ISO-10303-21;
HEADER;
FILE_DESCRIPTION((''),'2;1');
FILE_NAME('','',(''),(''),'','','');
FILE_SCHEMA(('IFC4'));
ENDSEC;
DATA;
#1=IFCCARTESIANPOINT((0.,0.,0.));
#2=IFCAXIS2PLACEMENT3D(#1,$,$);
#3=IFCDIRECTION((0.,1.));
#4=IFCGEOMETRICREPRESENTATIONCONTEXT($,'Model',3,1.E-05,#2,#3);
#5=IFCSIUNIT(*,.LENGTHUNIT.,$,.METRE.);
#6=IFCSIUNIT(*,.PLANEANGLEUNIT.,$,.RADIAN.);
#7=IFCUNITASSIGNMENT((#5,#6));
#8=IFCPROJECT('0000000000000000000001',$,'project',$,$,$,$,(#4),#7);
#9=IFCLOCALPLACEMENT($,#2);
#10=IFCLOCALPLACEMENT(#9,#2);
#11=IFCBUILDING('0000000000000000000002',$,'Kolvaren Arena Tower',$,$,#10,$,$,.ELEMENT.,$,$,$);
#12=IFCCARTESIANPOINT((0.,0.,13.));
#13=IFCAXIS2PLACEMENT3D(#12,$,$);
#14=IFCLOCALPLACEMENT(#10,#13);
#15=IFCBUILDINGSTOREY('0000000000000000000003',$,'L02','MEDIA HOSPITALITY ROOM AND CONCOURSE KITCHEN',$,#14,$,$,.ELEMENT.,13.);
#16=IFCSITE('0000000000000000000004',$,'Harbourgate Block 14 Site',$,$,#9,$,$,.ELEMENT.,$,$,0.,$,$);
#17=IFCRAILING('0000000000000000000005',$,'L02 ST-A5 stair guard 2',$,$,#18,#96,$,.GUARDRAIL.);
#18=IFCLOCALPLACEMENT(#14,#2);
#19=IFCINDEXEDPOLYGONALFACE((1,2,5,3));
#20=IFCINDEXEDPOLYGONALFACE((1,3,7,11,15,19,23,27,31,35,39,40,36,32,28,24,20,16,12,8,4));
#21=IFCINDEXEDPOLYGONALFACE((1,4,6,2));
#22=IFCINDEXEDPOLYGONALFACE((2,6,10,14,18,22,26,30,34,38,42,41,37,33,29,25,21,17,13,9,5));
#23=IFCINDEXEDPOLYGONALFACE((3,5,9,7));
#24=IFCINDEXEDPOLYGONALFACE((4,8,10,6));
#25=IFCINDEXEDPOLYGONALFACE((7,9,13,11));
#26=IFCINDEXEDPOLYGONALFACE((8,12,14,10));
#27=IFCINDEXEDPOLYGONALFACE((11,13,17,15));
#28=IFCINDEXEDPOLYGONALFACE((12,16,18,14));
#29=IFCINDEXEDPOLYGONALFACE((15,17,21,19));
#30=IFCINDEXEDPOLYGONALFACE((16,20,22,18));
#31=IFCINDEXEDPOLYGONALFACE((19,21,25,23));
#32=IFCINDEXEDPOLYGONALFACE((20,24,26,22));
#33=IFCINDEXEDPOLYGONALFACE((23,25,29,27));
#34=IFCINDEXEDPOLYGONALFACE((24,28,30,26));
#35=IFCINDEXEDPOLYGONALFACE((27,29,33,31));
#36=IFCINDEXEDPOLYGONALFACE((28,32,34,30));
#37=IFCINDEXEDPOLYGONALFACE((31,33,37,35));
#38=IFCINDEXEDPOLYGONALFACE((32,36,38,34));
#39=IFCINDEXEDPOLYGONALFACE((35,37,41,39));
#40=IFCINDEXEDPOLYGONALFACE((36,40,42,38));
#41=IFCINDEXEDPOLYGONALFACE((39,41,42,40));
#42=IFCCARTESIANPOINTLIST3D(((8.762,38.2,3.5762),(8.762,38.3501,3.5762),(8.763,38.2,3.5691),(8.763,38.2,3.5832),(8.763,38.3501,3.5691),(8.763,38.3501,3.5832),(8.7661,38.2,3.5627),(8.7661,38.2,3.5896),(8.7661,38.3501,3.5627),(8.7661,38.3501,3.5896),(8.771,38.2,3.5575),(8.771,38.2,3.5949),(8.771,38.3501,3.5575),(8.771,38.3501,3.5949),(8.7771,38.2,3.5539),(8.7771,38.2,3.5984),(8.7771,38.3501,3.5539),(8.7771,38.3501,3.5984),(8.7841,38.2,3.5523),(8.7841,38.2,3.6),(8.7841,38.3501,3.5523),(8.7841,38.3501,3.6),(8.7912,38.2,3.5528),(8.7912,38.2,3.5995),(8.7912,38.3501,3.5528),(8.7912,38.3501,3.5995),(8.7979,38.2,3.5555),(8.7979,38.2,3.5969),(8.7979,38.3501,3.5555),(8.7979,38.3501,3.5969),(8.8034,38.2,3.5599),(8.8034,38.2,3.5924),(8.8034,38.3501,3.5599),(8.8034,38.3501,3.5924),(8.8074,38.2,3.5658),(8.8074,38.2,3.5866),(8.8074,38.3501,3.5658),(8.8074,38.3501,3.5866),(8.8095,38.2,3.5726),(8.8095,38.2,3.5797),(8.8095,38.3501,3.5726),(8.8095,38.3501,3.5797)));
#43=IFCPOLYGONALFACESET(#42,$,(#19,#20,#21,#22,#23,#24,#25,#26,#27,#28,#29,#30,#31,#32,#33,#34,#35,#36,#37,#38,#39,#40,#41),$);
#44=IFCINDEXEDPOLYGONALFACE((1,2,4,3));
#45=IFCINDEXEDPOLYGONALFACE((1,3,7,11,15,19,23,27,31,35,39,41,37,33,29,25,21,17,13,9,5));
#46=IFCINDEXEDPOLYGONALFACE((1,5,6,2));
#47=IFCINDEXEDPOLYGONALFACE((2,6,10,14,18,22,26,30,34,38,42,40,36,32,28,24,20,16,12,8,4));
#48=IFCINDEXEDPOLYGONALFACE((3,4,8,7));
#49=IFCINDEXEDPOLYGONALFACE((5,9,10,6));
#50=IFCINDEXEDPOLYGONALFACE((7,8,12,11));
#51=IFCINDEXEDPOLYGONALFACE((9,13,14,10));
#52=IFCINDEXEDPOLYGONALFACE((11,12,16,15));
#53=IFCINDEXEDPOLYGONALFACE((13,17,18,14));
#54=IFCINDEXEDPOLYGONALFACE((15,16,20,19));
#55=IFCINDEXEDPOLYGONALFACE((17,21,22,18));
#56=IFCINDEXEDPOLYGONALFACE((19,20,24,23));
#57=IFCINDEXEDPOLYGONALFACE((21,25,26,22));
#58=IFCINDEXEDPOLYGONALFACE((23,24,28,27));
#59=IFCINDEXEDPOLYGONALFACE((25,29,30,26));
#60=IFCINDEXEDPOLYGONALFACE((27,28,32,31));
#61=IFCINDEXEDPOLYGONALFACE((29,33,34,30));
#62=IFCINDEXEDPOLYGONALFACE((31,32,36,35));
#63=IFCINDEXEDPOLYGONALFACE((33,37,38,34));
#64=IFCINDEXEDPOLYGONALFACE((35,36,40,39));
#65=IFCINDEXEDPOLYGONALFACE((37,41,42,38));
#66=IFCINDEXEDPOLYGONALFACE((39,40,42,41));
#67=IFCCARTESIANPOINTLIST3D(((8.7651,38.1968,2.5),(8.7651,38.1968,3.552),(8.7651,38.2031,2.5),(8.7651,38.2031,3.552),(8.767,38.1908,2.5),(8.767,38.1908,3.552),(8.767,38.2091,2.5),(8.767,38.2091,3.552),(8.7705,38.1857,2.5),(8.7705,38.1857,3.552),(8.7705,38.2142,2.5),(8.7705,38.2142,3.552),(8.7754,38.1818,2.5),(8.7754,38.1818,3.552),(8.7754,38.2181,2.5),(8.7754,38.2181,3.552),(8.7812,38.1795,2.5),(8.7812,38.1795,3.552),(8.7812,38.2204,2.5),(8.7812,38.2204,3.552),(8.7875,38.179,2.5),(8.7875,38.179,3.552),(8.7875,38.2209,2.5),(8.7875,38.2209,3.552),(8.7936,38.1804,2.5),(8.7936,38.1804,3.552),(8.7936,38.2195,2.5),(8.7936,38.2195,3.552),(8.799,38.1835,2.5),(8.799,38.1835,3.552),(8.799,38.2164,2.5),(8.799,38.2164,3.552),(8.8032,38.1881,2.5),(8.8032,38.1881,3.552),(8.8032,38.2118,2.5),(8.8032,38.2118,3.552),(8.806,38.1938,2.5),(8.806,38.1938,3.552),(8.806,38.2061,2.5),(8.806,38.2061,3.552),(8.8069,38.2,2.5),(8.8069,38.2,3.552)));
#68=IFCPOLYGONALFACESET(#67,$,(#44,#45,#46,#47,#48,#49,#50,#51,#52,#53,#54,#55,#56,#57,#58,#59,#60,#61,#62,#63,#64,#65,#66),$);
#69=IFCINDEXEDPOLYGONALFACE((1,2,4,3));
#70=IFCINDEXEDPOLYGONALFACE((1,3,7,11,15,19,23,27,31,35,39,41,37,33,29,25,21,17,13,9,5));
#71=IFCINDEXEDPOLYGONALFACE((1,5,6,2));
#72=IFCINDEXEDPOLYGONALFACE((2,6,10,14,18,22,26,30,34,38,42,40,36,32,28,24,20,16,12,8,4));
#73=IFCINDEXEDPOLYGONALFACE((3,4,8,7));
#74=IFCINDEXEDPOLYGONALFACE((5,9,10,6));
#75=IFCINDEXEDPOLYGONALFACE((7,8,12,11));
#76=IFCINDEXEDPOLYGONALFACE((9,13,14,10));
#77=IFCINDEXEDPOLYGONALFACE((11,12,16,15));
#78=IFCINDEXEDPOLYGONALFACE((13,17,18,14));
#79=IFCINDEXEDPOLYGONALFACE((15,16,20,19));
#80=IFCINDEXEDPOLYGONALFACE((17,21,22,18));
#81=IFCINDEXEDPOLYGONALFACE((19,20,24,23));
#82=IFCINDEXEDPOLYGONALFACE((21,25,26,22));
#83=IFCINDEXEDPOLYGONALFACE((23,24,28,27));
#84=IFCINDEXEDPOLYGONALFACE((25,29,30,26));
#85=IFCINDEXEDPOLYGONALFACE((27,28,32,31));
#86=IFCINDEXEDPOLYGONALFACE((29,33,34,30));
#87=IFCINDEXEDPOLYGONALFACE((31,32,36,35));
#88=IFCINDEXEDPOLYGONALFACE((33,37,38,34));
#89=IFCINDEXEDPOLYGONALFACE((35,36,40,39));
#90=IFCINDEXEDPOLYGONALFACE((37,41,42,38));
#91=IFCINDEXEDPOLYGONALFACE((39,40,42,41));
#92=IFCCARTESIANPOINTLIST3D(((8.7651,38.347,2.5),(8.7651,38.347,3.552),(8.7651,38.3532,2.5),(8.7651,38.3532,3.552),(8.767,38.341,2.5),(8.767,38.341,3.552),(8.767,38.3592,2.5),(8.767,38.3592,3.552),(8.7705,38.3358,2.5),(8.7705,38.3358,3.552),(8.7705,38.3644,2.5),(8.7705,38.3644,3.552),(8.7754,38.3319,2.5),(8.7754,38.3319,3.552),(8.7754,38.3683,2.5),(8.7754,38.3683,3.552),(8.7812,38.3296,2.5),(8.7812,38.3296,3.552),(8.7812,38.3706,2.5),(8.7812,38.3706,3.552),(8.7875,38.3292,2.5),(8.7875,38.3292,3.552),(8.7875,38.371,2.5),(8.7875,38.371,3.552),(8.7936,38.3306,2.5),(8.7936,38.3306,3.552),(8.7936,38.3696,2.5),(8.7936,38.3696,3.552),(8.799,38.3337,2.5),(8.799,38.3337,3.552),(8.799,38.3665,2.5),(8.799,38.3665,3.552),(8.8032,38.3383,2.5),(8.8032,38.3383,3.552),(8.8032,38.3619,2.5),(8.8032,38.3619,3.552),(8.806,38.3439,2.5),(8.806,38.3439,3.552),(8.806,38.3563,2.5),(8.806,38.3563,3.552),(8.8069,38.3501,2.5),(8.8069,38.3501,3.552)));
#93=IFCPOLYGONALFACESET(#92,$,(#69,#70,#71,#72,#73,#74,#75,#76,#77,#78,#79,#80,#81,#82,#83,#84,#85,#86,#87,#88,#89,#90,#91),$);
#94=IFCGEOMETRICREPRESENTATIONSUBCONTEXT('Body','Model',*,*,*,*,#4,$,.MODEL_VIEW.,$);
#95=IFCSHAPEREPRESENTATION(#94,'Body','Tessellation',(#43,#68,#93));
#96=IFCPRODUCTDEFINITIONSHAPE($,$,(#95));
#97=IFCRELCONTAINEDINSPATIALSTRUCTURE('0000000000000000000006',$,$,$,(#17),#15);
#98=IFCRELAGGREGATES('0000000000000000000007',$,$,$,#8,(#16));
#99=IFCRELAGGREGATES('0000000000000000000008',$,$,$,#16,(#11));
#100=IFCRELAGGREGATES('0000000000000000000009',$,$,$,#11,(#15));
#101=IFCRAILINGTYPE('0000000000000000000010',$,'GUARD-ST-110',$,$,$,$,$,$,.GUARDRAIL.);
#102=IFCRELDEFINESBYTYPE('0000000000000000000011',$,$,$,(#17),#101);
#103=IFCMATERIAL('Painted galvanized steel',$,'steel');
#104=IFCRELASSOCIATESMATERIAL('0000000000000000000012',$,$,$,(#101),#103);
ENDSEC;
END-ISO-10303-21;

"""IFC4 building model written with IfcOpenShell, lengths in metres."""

from ifc_helpers import new_model, si_unit, direction, frame, origin, origin_2d, place, context, subcontext, project, spatial, circle, extrude, material, type_object, element, save


model = new_model("IFC4")

# Units and contexts
model_context = context("Model", 3, precision=1e-05, world=origin(), true_north=direction((0.0, 1.0)))
body_context = subcontext(model_context, "Body", "Model", "MODEL_VIEW")
ifc_project = project(units=[si_unit("LENGTHUNIT", "METRE"), si_unit("PLANEANGLEUNIT", "RADIAN")], contexts=[model_context])

# Site, building, storey
site_placement = place(None, origin())
site = spatial("IfcSite", under=ifc_project, at=site_placement, Name="Harbourgate Block 14 Site", CompositionType="ELEMENT", RefElevation=0.0)
building_placement = place(site_placement, origin())
building = spatial("IfcBuilding", under=site, at=building_placement, Name="Kolvaren Arena Tower", CompositionType="ELEMENT")
storey_placement = place(building_placement, frame((0.0, 0.0, 13.0)))
storey = spatial("IfcBuildingStorey", under=building, at=storey_placement, Name="L02", Description="MEDIA HOSPITALITY ROOM AND CONCOURSE KITCHEN", CompositionType="ELEMENT", Elevation=13.0)

# Railing
ifc_material_1 = material(Name="Painted galvanized steel", Category="steel")
railing_type_1 = type_object("IfcRailingType", Name="GUARD-ST-110", PredefinedType="GUARDRAIL", material=ifc_material_1)
railing_1_placement = place(storey_placement, frame((8.7859, 38.2, 2.5)))
element("IfcRailing", 1, at=railing_1_placement, inside=storey, type_object=railing_type_1, Name="L02 ST-A5 stair guard 2", PredefinedType="GUARDRAIL", context=body_context, shape_type="SweptSolid", body=[
    extrude(circle(Radius=0.0239, at=origin_2d()), frame((0.0, 0.0, 1.0762), z_axis=(0.0, 1.0, 0.0), x_axis=(-1.0, 0.0, 0.0)), (0.0, 0.0, 1.0), 0.1501),
    extrude(circle(Radius=0.021, at=origin_2d()), origin(), (0.0, 0.0, 1.0), 1.052),
    extrude(circle(Radius=0.021, at=origin_2d()), frame((0.0, 0.1501, 0.0)), (0.0, 0.0, 1.0), 1.052),
])

save(model, "model.ifc")
